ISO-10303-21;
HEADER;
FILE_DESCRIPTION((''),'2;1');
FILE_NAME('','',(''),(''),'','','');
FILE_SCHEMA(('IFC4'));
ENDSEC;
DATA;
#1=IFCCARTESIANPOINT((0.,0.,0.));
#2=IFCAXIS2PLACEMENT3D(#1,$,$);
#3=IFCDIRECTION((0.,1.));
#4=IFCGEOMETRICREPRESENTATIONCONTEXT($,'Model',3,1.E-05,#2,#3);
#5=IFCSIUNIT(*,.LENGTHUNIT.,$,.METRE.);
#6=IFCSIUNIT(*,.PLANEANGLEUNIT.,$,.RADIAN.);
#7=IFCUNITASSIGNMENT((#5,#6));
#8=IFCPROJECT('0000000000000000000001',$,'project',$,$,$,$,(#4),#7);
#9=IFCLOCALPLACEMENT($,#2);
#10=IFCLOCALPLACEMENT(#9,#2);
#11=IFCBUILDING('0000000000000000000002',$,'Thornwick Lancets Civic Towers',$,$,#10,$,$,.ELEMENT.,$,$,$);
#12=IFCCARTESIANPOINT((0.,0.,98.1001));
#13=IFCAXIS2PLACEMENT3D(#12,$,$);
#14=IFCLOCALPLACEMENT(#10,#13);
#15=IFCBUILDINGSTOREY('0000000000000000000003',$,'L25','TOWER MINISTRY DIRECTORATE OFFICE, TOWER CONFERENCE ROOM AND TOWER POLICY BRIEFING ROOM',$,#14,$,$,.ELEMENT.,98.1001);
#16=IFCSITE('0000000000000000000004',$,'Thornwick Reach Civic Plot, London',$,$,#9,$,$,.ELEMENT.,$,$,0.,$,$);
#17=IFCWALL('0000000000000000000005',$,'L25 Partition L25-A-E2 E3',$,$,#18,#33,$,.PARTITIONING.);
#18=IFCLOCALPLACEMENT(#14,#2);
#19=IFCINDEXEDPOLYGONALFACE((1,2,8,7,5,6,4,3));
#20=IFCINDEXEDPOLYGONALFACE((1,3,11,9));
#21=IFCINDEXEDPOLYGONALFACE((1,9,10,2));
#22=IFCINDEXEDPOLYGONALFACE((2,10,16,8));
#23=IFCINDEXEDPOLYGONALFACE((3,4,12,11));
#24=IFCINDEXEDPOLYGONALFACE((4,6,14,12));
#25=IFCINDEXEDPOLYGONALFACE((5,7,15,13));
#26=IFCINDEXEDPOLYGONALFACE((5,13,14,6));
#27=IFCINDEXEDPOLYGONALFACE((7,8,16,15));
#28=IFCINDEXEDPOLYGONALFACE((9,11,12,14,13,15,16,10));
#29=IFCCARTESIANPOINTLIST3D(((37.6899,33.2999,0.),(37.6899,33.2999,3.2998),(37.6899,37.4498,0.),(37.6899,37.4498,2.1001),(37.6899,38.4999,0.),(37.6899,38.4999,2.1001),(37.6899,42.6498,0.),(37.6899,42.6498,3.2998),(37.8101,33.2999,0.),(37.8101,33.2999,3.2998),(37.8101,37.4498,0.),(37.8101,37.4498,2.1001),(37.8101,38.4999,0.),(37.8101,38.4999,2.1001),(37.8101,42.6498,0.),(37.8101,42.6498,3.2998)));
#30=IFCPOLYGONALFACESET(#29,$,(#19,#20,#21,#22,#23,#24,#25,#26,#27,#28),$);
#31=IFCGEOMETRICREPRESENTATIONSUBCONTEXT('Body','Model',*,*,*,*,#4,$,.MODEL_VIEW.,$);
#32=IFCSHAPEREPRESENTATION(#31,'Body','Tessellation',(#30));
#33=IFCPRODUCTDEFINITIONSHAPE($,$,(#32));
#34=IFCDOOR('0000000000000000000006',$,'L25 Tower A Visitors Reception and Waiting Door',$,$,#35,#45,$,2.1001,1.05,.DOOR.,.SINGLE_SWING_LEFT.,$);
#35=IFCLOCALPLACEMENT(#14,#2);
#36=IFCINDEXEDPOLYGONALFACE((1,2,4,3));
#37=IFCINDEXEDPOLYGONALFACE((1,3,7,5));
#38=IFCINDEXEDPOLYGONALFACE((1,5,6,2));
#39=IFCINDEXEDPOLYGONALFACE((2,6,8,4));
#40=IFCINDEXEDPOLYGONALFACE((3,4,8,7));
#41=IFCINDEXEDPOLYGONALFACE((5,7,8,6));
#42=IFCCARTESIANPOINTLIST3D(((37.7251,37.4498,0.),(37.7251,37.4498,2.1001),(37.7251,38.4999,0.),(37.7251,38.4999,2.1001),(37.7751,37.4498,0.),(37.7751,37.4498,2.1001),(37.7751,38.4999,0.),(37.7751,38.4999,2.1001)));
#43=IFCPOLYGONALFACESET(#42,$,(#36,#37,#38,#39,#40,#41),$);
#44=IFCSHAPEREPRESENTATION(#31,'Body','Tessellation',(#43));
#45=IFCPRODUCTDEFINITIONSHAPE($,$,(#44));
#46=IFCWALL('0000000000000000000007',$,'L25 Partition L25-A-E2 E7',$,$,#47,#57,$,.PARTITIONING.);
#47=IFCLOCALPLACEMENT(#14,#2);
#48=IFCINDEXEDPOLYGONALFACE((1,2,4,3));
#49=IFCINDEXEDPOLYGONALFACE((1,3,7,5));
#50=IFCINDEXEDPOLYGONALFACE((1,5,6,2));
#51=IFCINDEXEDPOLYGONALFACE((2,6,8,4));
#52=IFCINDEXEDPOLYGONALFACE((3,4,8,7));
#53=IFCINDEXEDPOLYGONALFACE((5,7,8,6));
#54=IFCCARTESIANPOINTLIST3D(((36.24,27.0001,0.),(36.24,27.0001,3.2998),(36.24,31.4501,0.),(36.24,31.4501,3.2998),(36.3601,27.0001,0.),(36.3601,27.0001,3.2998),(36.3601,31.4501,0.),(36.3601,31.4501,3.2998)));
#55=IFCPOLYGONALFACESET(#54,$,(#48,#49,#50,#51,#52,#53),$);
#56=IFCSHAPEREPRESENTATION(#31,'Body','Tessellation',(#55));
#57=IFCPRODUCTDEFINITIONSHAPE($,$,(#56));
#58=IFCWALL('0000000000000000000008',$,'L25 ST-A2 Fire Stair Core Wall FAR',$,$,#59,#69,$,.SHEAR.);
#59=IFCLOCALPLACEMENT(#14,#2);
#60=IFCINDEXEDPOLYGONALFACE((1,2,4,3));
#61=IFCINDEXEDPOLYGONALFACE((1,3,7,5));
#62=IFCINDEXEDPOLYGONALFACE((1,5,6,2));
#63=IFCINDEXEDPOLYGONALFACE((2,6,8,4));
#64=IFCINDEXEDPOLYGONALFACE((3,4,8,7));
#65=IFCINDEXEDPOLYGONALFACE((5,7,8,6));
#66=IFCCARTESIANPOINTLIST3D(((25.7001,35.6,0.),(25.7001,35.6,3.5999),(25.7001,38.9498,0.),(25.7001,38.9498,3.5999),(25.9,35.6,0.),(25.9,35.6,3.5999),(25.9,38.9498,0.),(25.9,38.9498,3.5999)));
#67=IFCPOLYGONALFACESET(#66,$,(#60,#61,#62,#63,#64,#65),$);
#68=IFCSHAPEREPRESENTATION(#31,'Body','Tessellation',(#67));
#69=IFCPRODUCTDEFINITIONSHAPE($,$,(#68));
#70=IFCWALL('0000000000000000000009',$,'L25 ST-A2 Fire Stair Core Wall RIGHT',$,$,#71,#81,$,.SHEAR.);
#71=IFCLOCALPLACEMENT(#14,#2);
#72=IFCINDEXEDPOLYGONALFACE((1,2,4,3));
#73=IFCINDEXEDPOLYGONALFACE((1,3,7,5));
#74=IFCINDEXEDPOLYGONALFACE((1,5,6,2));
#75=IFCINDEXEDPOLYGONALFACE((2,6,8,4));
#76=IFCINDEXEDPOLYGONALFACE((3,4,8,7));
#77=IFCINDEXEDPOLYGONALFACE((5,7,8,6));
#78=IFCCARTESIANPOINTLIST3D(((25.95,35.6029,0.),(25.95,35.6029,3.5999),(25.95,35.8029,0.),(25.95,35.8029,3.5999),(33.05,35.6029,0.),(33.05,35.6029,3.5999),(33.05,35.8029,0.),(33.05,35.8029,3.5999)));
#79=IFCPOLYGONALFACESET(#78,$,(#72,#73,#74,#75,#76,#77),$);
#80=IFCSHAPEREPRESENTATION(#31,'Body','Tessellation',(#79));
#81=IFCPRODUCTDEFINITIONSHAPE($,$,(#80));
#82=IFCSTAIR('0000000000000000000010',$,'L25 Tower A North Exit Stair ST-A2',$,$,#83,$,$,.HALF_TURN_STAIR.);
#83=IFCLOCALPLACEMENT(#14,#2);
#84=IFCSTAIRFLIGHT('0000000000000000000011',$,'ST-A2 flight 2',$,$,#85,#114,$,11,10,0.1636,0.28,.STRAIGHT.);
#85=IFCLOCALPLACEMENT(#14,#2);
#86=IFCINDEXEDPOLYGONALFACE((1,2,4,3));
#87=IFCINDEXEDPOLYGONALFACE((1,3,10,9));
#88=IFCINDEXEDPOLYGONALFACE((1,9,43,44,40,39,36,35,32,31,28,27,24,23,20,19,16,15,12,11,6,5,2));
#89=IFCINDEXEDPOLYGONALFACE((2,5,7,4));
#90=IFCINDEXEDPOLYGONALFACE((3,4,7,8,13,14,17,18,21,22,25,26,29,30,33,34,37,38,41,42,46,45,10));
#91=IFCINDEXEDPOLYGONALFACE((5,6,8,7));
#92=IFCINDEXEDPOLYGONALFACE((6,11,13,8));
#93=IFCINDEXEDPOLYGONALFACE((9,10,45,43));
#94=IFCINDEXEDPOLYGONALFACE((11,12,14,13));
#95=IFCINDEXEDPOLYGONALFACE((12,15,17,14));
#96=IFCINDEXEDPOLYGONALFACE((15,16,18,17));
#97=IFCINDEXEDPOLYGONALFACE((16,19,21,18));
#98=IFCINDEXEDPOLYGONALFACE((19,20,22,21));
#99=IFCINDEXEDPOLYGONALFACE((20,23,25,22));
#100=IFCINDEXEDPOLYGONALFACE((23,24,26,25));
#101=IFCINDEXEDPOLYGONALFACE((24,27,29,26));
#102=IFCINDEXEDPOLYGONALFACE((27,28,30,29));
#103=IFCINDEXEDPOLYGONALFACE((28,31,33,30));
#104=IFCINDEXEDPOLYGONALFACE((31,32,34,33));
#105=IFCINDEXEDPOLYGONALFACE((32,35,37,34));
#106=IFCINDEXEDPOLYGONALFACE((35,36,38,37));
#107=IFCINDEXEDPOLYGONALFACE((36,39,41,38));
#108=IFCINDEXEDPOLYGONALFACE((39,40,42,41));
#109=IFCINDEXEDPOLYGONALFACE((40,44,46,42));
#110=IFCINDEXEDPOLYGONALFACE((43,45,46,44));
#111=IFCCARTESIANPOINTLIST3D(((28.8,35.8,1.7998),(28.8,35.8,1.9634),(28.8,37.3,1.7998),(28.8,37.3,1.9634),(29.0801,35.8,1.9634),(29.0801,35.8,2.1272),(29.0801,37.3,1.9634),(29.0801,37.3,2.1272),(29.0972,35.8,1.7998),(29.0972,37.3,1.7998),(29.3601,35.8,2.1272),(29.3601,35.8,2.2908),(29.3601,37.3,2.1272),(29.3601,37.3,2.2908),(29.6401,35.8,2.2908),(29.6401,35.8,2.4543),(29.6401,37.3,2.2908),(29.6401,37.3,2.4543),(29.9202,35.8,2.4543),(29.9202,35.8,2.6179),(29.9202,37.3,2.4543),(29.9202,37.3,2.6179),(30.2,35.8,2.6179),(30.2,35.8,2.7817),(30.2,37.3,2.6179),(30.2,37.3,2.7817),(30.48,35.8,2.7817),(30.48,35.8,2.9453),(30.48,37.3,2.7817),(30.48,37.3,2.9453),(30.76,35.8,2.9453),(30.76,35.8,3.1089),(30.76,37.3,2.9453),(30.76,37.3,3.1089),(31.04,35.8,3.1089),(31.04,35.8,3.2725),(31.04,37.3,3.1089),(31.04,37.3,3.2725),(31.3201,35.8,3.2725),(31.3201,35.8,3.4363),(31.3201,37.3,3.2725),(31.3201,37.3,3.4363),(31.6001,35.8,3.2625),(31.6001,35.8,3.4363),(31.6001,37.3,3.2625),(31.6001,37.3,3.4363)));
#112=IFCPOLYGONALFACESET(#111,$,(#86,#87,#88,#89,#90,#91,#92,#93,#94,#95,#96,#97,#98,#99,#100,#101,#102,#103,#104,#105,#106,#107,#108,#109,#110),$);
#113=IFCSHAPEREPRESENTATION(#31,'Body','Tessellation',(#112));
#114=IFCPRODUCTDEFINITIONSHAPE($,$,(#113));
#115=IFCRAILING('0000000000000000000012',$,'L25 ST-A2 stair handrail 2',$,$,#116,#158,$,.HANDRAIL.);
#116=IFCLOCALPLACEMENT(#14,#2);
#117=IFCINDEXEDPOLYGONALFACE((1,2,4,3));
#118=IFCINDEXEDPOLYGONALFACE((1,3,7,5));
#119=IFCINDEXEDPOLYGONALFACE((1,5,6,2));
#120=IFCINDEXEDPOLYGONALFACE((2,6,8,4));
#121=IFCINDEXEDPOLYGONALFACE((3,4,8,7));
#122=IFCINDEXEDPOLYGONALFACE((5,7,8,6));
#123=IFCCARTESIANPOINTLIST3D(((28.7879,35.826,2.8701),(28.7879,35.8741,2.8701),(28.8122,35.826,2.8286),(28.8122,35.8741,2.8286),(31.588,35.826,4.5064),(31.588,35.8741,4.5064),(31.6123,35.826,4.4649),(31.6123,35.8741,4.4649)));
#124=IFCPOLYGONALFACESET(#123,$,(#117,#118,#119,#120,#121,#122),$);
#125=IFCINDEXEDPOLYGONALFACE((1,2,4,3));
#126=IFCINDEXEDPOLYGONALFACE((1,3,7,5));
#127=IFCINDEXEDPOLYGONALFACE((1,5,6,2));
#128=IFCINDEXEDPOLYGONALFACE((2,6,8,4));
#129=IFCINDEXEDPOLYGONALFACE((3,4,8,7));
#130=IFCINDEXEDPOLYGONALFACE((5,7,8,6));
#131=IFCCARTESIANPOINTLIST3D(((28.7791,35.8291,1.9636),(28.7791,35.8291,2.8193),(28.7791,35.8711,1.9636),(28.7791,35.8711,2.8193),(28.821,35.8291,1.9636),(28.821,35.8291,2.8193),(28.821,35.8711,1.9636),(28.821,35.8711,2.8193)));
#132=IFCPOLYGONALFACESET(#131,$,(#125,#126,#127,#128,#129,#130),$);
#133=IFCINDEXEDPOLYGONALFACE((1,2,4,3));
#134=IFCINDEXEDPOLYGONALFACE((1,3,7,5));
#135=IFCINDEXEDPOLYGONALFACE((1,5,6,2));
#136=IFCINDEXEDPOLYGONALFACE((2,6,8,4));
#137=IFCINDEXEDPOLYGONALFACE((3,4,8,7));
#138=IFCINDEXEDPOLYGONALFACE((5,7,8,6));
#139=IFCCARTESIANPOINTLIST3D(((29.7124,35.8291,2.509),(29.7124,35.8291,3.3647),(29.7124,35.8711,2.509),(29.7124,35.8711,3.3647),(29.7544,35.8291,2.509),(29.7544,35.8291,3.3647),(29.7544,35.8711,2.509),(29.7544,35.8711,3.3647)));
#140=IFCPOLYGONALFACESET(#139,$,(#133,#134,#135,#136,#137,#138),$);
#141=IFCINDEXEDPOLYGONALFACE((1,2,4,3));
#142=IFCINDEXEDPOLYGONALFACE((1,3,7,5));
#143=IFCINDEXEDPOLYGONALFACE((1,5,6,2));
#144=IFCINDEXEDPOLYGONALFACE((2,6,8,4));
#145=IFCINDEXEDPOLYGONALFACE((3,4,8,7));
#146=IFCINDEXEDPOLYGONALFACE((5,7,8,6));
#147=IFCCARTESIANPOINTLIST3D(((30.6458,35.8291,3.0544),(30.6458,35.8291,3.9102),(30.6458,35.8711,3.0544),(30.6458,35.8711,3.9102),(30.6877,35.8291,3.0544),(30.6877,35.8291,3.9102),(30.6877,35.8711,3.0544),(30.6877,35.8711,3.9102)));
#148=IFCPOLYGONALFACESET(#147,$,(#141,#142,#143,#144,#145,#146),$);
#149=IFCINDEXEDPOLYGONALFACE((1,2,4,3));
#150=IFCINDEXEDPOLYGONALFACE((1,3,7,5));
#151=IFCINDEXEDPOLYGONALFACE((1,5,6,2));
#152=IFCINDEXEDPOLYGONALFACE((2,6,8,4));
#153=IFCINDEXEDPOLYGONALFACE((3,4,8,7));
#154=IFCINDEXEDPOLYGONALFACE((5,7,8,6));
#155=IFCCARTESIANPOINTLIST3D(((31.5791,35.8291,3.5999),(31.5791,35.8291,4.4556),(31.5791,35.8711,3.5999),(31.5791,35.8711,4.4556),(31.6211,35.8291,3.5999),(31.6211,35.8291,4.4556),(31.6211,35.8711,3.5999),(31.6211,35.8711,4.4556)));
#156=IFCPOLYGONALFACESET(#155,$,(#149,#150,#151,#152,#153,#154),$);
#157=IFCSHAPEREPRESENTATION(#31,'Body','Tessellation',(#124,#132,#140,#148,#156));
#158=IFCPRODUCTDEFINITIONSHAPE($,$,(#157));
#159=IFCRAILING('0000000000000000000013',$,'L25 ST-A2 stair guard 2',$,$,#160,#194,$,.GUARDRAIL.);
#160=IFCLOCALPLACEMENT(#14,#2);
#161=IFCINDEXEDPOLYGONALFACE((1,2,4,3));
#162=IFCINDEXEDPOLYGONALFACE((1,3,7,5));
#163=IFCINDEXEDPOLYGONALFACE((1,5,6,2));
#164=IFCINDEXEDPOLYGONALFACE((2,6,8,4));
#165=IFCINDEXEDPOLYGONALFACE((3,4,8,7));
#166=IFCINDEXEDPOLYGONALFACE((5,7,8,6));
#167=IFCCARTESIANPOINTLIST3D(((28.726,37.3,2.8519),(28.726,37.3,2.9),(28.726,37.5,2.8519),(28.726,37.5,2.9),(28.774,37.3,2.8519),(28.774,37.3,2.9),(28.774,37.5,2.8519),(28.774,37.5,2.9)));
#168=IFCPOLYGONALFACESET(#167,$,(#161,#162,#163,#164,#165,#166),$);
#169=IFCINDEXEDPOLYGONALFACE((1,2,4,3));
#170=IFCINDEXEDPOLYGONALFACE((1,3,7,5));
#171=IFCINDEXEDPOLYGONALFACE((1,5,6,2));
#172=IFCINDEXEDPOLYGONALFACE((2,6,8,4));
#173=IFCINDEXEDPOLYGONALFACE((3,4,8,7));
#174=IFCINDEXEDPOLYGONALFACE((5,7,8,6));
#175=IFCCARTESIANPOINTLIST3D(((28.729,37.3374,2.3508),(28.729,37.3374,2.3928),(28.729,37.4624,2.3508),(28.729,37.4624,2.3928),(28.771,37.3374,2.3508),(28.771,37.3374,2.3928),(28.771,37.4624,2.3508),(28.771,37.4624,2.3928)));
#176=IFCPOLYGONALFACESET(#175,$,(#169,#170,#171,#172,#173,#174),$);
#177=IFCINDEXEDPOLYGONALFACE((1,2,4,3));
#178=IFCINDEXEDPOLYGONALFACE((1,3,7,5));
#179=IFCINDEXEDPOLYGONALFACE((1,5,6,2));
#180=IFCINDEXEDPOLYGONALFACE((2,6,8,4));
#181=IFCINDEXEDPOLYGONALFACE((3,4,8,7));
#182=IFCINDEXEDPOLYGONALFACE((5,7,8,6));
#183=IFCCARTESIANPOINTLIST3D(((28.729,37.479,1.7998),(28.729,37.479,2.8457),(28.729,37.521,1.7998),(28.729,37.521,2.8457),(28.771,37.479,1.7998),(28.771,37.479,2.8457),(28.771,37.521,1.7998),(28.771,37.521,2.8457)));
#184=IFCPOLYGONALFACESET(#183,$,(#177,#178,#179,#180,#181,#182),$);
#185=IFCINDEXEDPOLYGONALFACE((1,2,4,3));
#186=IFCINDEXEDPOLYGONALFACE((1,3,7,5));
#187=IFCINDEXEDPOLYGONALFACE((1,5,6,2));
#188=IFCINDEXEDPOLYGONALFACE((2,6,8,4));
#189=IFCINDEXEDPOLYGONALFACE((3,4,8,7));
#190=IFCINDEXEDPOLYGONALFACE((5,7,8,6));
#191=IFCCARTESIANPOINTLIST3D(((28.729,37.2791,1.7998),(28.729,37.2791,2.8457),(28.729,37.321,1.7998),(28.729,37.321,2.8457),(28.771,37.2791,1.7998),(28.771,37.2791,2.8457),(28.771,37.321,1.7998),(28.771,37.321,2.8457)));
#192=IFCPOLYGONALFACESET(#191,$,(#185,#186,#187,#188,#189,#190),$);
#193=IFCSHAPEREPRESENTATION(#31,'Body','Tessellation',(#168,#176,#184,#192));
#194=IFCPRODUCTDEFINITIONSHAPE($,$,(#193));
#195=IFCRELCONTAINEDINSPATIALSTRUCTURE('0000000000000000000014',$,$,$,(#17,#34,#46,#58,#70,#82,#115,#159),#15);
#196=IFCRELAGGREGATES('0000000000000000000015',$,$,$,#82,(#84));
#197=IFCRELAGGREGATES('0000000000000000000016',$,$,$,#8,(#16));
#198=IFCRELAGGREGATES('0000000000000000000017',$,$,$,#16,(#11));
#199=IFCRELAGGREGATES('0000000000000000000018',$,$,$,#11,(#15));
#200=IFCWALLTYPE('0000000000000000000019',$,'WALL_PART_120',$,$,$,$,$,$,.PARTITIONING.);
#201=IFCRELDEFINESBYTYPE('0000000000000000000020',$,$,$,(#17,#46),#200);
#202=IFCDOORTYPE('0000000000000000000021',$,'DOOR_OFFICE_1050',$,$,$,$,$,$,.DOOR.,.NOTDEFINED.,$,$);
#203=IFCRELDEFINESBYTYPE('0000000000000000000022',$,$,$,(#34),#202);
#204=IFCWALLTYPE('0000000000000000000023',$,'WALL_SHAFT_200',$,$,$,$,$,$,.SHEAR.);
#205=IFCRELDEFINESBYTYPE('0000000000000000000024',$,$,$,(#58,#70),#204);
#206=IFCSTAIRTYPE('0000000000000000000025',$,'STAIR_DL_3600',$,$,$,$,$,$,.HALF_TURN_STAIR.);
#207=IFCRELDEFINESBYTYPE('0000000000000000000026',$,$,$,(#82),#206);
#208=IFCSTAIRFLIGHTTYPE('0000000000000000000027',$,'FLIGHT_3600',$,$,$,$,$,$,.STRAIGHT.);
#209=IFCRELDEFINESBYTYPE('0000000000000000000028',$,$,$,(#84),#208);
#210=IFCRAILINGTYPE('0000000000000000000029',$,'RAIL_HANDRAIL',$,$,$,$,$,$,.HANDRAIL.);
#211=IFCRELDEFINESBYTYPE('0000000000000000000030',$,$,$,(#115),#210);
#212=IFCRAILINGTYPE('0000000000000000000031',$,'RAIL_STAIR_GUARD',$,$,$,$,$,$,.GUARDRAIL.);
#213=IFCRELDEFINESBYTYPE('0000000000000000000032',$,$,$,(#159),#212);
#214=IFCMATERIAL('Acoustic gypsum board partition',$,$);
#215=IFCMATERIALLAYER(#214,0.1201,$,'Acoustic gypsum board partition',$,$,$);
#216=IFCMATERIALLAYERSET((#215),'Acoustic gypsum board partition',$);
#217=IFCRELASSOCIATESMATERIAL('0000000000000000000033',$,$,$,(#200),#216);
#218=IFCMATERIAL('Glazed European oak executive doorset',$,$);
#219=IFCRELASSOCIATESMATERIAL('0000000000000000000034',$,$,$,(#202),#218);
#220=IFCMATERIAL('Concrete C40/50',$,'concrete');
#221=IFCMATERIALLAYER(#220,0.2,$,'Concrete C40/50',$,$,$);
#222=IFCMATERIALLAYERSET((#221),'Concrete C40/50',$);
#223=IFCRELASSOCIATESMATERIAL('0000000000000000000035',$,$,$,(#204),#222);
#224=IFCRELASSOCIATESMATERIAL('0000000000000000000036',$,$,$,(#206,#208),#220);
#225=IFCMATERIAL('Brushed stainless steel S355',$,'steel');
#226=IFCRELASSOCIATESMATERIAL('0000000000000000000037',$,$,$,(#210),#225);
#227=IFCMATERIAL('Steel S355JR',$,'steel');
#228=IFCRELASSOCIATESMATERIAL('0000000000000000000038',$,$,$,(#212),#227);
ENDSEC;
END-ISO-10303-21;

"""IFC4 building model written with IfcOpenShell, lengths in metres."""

from ifc_helpers import new_model, si_unit, direction, frame, frame_2d, origin, origin_2d, place, context, subcontext, project, spatial, polyline, rectangle, outline, extrude, material, layer, layer_set, type_object, element, fill, aggregate, save


model = new_model("IFC4")

# Units and contexts
model_context = context("Model", 3, precision=1e-05, world=origin(), true_north=direction((0.0, 1.0)))
body_context = subcontext(model_context, "Body", "Model", "MODEL_VIEW")
ifc_project = project(units=[si_unit("LENGTHUNIT", "METRE"), si_unit("PLANEANGLEUNIT", "RADIAN")], contexts=[model_context])

# Site, building, storey
site_placement = place(None, origin())
site = spatial("IfcSite", under=ifc_project, at=site_placement, Name="Thornwick Reach Civic Plot, London", CompositionType="ELEMENT", RefElevation=0.0)
building_placement = place(site_placement, origin())
building = spatial("IfcBuilding", under=site, at=building_placement, Name="Thornwick Lancets Civic Towers", CompositionType="ELEMENT")
storey_placement = place(building_placement, frame((0.0, 0.0, 98.1001)))
storey = spatial("IfcBuildingStorey", under=building, at=storey_placement, Name="L25", Description="TOWER MINISTRY DIRECTORATE OFFICE, TOWER CONFERENCE ROOM AND TOWER POLICY BRIEFING ROOM", CompositionType="ELEMENT", Elevation=98.1001)

# Shared definitions
ifc_material_1 = material(Name="Steel S355JR", Category="steel")

# Shared definitions
ifc_material_2 = material(Name="Acoustic gypsum board partition")
ifc_layer_1 = layer(ifc_material_2, 0.1201, Name="Acoustic gypsum board partition")
ifc_layer_set_1 = layer_set([ifc_layer_1], Name="Acoustic gypsum board partition")
wall_type_1 = type_object("IfcWallType", Name="WALL_PART_120", PredefinedType="PARTITIONING", material=ifc_layer_set_1)

# Wall, opening, door
wall_1_placement = place(storey_placement, frame((37.75, 33.3, 0.0), z_axis=(0.0, 0.0, 1.0), x_axis=(0.0, 1.0, 0.0)))
wall_1 = element("IfcWall", 1, at=wall_1_placement, inside=storey, type_object=wall_type_1, Name="L25 Partition L25-A-E2 E3", PredefinedType="PARTITIONING", context=body_context, shape_type="SweptSolid", body=[
    extrude(rectangle(XDim=9.3499, YDim=0.1201, at=frame_2d((4.6748, 0.0))), origin(), (0.0, 0.0, 1.0), 3.2998),
])
opening_1_placement = place(wall_1_placement, frame((4.1499, 0.0, 0.0)))
opening_1 = element("IfcOpeningElement", 2, at=opening_1_placement, cuts=wall_1, PredefinedType="OPENING", context=body_context, shape_type="SweptSolid", body=[
    extrude(rectangle(XDim=1.05, YDim=2.1001, at=frame_2d((0.5249, 1.05))), frame((0.0, 0.0701, 0.0), z_axis=(0.0, -1.0, 0.0), x_axis=(1.0, 0.0, 0.0)), (0.0, 0.0, 1.0), 0.1401),
])
ifc_material_3 = material(Name="Glazed European oak executive doorset")
door_type_1 = type_object("IfcDoorType", Name="DOOR_OFFICE_1050", OperationType="NOTDEFINED", PredefinedType="DOOR", material=ifc_material_3)
door_1_placement = place(opening_1_placement, origin())
door_1 = element("IfcDoor", 3, at=door_1_placement, inside=storey, type_object=door_type_1, Name="L25 Tower A Visitors Reception and Waiting Door", OperationType="SINGLE_SWING_LEFT", OverallHeight=2.1001, OverallWidth=1.05, PredefinedType="DOOR", context=body_context, shape_type="SweptSolid", body=[
    extrude(rectangle(XDim=1.05, YDim=2.1001, at=frame_2d((0.5249, 1.05))), frame((0.0, 0.0249, 0.0), z_axis=(0.0, -1.0, 0.0), x_axis=(1.0, 0.0, 0.0)), (0.0, 0.0, 1.0), 0.05),
])
fill(opening_1, door_1)

# Walls
wall_2_placement = place(storey_placement, frame((36.3, 27.0, 0.0), z_axis=(0.0, 0.0, 1.0), x_axis=(0.0, 1.0, 0.0)))
element("IfcWall", 4, at=wall_2_placement, inside=storey, type_object=wall_type_1, Name="L25 Partition L25-A-E2 E7", PredefinedType="PARTITIONING", context=body_context, shape_type="SweptSolid", body=[
    extrude(rectangle(XDim=4.45, YDim=0.1201, at=frame_2d((2.2251, 0.0))), origin(), (0.0, 0.0, 1.0), 3.2998),
])
ifc_material_4 = material(Name="Concrete C40/50", Category="concrete")
ifc_layer_2 = layer(ifc_material_4, 0.2, Name="Concrete C40/50")
ifc_layer_set_2 = layer_set([ifc_layer_2], Name="Concrete C40/50")
wall_type_2 = type_object("IfcWallType", Name="WALL_SHAFT_200", PredefinedType="SHEAR", material=ifc_layer_set_2)
wall_3_placement = place(storey_placement, frame((25.8, 35.6001, 0.0), z_axis=(0.0, 0.0, 1.0), x_axis=(0.0, 1.0, 0.0)))
element("IfcWall", 5, at=wall_3_placement, inside=storey, type_object=wall_type_2, Name="L25 ST-A2 Fire Stair Core Wall FAR", PredefinedType="SHEAR", context=body_context, shape_type="SweptSolid", body=[
    extrude(rectangle(XDim=3.3499, YDim=0.2, at=frame_2d((1.6748, 0.0))), origin(), (0.0, 0.0, 1.0), 3.5999),
])
wall_4_placement = place(storey_placement, frame((25.95, 35.7029, 0.0), z_axis=(0.0, 0.0, 1.0), x_axis=(1.0, 0.0, 0.0)))
element("IfcWall", 6, at=wall_4_placement, inside=storey, type_object=wall_type_2, Name="L25 ST-A2 Fire Stair Core Wall RIGHT", PredefinedType="SHEAR", context=body_context, shape_type="SweptSolid", body=[
    extrude(rectangle(XDim=7.1001, YDim=0.2, at=frame_2d((3.55, 0.0))), origin(), (0.0, 0.0, 1.0), 3.5999),
])

# Stair, stair flight
stair_type = type_object("IfcStairType", Name="STAIR_DL_3600", PredefinedType="HALF_TURN_STAIR", material=ifc_material_4)
stair_placement = place(storey_placement, origin())
stair = element("IfcStair", 7, at=stair_placement, inside=storey, type_object=stair_type, Name="L25 Tower A North Exit Stair ST-A2", PredefinedType="HALF_TURN_STAIR")
stair_flight_type = type_object("IfcStairFlightType", Name="FLIGHT_3600", PredefinedType="STRAIGHT", material=ifc_material_4)
stair_flight_placement = place(storey_placement, frame((28.8, 36.55, 1.7998), z_axis=(0.0, 0.0, 1.0), x_axis=(1.0, 0.0, 0.0)))
stair_flight = element("IfcStairFlight", 8, at=stair_flight_placement, type_object=stair_flight_type, Name="ST-A2 flight 2", NumberOfRisers=11, NumberOfTreads=10, PredefinedType="STRAIGHT", RiserHeight=0.1636, TreadLength=0.28, context=body_context, shape_type="SweptSolid", body=[
    extrude(outline(polyline([(0.0, 0.0), (0.0, 0.1636), (0.28, 0.1636), (0.28, 0.3274), (0.5601, 0.3274), (0.5601, 0.491), (0.8401, 0.491), (0.8401, 0.6545), (1.1201, 0.6545), (1.1201, 0.8181), (1.3999, 0.8181), (1.3999, 0.9819), (1.6799, 0.9819), (1.6799, 1.1455), (1.96, 1.1455), (1.96, 1.3091), (2.24, 1.3091), (2.24, 1.4727), (2.52, 1.4727), (2.52, 1.6365), (2.8, 1.6365), (2.8, 1.8), (2.8, 1.4626), (0.2971, 0.0), (0.0, 0.0)])), frame((0.0, 0.75, 0.0), z_axis=(0.0, -1.0, 0.0), x_axis=(1.0, 0.0, 0.0)), (0.0, 0.0, 1.0), 1.5),
])
aggregate(stair, [stair_flight])

# Railings
ifc_material_5 = material(Name="Brushed stainless steel S355", Category="steel")
railing_type_1 = type_object("IfcRailingType", Name="RAIL_HANDRAIL", PredefinedType="HANDRAIL", material=ifc_material_5)
railing_1_placement = place(storey_placement, frame((28.8, 35.8501, 1.9636)))
element("IfcRailing", 9, at=railing_1_placement, inside=storey, type_object=railing_type_1, Name="L25 ST-A2 stair handrail 2", PredefinedType="HANDRAIL", context=body_context, shape_type="SweptSolid", body=[
    extrude(rectangle(XDim=0.0481, YDim=0.0481, at=origin_2d()), frame((0.0, 0.0, 0.8857), z_axis=(0.863394, 0.0, 0.504531), x_axis=(0.0, 1.0, 0.0)), (0.0, 0.0, 1.0), 3.2432),
    extrude(rectangle(XDim=0.042, YDim=0.042, at=origin_2d()), origin(), (0.0, 0.0, 1.0), 0.8557),
    extrude(rectangle(XDim=0.042, YDim=0.042, at=origin_2d()), frame((0.9333, 0.0, 0.5454)), (0.0, 0.0, 1.0), 0.8557),
    extrude(rectangle(XDim=0.042, YDim=0.042, at=origin_2d()), frame((1.8667, 0.0, 1.0908)), (0.0, 0.0, 1.0), 0.8557),
    extrude(rectangle(XDim=0.042, YDim=0.042, at=origin_2d()), frame((2.8, 0.0, 1.6362)), (0.0, 0.0, 1.0), 0.8557),
])
railing_type_2 = type_object("IfcRailingType", Name="RAIL_STAIR_GUARD", PredefinedType="GUARDRAIL", material=ifc_material_1)
railing_2_placement = place(storey_placement, frame((28.75, 37.5, 1.7998)))
element("IfcRailing", 10, at=railing_2_placement, inside=storey, type_object=railing_type_2, Name="L25 ST-A2 stair guard 2", PredefinedType="GUARDRAIL", context=body_context, shape_type="SweptSolid", body=[
    extrude(rectangle(XDim=0.0481, YDim=0.0481, at=origin_2d()), frame((0.0, 0.0, 1.0762), z_axis=(0.0, -1.0, 0.0), x_axis=(1.0, 0.0, 0.0)), (0.0, 0.0, 1.0), 0.2),
    extrude(rectangle(XDim=0.042, YDim=0.042, at=origin_2d()), frame((0.0, -0.0376, 0.572), z_axis=(0.0, -1.0, 0.0), x_axis=(1.0, 0.0, 0.0)), (0.0, 0.0, 1.0), 0.125),
    extrude(rectangle(XDim=0.042, YDim=0.042, at=origin_2d()), origin(), (0.0, 0.0, 1.0), 1.0459),
    extrude(rectangle(XDim=0.042, YDim=0.042, at=origin_2d()), frame((0.0, -0.2, 0.0)), (0.0, 0.0, 1.0), 1.0459),
])

save(model, "model.ifc")
